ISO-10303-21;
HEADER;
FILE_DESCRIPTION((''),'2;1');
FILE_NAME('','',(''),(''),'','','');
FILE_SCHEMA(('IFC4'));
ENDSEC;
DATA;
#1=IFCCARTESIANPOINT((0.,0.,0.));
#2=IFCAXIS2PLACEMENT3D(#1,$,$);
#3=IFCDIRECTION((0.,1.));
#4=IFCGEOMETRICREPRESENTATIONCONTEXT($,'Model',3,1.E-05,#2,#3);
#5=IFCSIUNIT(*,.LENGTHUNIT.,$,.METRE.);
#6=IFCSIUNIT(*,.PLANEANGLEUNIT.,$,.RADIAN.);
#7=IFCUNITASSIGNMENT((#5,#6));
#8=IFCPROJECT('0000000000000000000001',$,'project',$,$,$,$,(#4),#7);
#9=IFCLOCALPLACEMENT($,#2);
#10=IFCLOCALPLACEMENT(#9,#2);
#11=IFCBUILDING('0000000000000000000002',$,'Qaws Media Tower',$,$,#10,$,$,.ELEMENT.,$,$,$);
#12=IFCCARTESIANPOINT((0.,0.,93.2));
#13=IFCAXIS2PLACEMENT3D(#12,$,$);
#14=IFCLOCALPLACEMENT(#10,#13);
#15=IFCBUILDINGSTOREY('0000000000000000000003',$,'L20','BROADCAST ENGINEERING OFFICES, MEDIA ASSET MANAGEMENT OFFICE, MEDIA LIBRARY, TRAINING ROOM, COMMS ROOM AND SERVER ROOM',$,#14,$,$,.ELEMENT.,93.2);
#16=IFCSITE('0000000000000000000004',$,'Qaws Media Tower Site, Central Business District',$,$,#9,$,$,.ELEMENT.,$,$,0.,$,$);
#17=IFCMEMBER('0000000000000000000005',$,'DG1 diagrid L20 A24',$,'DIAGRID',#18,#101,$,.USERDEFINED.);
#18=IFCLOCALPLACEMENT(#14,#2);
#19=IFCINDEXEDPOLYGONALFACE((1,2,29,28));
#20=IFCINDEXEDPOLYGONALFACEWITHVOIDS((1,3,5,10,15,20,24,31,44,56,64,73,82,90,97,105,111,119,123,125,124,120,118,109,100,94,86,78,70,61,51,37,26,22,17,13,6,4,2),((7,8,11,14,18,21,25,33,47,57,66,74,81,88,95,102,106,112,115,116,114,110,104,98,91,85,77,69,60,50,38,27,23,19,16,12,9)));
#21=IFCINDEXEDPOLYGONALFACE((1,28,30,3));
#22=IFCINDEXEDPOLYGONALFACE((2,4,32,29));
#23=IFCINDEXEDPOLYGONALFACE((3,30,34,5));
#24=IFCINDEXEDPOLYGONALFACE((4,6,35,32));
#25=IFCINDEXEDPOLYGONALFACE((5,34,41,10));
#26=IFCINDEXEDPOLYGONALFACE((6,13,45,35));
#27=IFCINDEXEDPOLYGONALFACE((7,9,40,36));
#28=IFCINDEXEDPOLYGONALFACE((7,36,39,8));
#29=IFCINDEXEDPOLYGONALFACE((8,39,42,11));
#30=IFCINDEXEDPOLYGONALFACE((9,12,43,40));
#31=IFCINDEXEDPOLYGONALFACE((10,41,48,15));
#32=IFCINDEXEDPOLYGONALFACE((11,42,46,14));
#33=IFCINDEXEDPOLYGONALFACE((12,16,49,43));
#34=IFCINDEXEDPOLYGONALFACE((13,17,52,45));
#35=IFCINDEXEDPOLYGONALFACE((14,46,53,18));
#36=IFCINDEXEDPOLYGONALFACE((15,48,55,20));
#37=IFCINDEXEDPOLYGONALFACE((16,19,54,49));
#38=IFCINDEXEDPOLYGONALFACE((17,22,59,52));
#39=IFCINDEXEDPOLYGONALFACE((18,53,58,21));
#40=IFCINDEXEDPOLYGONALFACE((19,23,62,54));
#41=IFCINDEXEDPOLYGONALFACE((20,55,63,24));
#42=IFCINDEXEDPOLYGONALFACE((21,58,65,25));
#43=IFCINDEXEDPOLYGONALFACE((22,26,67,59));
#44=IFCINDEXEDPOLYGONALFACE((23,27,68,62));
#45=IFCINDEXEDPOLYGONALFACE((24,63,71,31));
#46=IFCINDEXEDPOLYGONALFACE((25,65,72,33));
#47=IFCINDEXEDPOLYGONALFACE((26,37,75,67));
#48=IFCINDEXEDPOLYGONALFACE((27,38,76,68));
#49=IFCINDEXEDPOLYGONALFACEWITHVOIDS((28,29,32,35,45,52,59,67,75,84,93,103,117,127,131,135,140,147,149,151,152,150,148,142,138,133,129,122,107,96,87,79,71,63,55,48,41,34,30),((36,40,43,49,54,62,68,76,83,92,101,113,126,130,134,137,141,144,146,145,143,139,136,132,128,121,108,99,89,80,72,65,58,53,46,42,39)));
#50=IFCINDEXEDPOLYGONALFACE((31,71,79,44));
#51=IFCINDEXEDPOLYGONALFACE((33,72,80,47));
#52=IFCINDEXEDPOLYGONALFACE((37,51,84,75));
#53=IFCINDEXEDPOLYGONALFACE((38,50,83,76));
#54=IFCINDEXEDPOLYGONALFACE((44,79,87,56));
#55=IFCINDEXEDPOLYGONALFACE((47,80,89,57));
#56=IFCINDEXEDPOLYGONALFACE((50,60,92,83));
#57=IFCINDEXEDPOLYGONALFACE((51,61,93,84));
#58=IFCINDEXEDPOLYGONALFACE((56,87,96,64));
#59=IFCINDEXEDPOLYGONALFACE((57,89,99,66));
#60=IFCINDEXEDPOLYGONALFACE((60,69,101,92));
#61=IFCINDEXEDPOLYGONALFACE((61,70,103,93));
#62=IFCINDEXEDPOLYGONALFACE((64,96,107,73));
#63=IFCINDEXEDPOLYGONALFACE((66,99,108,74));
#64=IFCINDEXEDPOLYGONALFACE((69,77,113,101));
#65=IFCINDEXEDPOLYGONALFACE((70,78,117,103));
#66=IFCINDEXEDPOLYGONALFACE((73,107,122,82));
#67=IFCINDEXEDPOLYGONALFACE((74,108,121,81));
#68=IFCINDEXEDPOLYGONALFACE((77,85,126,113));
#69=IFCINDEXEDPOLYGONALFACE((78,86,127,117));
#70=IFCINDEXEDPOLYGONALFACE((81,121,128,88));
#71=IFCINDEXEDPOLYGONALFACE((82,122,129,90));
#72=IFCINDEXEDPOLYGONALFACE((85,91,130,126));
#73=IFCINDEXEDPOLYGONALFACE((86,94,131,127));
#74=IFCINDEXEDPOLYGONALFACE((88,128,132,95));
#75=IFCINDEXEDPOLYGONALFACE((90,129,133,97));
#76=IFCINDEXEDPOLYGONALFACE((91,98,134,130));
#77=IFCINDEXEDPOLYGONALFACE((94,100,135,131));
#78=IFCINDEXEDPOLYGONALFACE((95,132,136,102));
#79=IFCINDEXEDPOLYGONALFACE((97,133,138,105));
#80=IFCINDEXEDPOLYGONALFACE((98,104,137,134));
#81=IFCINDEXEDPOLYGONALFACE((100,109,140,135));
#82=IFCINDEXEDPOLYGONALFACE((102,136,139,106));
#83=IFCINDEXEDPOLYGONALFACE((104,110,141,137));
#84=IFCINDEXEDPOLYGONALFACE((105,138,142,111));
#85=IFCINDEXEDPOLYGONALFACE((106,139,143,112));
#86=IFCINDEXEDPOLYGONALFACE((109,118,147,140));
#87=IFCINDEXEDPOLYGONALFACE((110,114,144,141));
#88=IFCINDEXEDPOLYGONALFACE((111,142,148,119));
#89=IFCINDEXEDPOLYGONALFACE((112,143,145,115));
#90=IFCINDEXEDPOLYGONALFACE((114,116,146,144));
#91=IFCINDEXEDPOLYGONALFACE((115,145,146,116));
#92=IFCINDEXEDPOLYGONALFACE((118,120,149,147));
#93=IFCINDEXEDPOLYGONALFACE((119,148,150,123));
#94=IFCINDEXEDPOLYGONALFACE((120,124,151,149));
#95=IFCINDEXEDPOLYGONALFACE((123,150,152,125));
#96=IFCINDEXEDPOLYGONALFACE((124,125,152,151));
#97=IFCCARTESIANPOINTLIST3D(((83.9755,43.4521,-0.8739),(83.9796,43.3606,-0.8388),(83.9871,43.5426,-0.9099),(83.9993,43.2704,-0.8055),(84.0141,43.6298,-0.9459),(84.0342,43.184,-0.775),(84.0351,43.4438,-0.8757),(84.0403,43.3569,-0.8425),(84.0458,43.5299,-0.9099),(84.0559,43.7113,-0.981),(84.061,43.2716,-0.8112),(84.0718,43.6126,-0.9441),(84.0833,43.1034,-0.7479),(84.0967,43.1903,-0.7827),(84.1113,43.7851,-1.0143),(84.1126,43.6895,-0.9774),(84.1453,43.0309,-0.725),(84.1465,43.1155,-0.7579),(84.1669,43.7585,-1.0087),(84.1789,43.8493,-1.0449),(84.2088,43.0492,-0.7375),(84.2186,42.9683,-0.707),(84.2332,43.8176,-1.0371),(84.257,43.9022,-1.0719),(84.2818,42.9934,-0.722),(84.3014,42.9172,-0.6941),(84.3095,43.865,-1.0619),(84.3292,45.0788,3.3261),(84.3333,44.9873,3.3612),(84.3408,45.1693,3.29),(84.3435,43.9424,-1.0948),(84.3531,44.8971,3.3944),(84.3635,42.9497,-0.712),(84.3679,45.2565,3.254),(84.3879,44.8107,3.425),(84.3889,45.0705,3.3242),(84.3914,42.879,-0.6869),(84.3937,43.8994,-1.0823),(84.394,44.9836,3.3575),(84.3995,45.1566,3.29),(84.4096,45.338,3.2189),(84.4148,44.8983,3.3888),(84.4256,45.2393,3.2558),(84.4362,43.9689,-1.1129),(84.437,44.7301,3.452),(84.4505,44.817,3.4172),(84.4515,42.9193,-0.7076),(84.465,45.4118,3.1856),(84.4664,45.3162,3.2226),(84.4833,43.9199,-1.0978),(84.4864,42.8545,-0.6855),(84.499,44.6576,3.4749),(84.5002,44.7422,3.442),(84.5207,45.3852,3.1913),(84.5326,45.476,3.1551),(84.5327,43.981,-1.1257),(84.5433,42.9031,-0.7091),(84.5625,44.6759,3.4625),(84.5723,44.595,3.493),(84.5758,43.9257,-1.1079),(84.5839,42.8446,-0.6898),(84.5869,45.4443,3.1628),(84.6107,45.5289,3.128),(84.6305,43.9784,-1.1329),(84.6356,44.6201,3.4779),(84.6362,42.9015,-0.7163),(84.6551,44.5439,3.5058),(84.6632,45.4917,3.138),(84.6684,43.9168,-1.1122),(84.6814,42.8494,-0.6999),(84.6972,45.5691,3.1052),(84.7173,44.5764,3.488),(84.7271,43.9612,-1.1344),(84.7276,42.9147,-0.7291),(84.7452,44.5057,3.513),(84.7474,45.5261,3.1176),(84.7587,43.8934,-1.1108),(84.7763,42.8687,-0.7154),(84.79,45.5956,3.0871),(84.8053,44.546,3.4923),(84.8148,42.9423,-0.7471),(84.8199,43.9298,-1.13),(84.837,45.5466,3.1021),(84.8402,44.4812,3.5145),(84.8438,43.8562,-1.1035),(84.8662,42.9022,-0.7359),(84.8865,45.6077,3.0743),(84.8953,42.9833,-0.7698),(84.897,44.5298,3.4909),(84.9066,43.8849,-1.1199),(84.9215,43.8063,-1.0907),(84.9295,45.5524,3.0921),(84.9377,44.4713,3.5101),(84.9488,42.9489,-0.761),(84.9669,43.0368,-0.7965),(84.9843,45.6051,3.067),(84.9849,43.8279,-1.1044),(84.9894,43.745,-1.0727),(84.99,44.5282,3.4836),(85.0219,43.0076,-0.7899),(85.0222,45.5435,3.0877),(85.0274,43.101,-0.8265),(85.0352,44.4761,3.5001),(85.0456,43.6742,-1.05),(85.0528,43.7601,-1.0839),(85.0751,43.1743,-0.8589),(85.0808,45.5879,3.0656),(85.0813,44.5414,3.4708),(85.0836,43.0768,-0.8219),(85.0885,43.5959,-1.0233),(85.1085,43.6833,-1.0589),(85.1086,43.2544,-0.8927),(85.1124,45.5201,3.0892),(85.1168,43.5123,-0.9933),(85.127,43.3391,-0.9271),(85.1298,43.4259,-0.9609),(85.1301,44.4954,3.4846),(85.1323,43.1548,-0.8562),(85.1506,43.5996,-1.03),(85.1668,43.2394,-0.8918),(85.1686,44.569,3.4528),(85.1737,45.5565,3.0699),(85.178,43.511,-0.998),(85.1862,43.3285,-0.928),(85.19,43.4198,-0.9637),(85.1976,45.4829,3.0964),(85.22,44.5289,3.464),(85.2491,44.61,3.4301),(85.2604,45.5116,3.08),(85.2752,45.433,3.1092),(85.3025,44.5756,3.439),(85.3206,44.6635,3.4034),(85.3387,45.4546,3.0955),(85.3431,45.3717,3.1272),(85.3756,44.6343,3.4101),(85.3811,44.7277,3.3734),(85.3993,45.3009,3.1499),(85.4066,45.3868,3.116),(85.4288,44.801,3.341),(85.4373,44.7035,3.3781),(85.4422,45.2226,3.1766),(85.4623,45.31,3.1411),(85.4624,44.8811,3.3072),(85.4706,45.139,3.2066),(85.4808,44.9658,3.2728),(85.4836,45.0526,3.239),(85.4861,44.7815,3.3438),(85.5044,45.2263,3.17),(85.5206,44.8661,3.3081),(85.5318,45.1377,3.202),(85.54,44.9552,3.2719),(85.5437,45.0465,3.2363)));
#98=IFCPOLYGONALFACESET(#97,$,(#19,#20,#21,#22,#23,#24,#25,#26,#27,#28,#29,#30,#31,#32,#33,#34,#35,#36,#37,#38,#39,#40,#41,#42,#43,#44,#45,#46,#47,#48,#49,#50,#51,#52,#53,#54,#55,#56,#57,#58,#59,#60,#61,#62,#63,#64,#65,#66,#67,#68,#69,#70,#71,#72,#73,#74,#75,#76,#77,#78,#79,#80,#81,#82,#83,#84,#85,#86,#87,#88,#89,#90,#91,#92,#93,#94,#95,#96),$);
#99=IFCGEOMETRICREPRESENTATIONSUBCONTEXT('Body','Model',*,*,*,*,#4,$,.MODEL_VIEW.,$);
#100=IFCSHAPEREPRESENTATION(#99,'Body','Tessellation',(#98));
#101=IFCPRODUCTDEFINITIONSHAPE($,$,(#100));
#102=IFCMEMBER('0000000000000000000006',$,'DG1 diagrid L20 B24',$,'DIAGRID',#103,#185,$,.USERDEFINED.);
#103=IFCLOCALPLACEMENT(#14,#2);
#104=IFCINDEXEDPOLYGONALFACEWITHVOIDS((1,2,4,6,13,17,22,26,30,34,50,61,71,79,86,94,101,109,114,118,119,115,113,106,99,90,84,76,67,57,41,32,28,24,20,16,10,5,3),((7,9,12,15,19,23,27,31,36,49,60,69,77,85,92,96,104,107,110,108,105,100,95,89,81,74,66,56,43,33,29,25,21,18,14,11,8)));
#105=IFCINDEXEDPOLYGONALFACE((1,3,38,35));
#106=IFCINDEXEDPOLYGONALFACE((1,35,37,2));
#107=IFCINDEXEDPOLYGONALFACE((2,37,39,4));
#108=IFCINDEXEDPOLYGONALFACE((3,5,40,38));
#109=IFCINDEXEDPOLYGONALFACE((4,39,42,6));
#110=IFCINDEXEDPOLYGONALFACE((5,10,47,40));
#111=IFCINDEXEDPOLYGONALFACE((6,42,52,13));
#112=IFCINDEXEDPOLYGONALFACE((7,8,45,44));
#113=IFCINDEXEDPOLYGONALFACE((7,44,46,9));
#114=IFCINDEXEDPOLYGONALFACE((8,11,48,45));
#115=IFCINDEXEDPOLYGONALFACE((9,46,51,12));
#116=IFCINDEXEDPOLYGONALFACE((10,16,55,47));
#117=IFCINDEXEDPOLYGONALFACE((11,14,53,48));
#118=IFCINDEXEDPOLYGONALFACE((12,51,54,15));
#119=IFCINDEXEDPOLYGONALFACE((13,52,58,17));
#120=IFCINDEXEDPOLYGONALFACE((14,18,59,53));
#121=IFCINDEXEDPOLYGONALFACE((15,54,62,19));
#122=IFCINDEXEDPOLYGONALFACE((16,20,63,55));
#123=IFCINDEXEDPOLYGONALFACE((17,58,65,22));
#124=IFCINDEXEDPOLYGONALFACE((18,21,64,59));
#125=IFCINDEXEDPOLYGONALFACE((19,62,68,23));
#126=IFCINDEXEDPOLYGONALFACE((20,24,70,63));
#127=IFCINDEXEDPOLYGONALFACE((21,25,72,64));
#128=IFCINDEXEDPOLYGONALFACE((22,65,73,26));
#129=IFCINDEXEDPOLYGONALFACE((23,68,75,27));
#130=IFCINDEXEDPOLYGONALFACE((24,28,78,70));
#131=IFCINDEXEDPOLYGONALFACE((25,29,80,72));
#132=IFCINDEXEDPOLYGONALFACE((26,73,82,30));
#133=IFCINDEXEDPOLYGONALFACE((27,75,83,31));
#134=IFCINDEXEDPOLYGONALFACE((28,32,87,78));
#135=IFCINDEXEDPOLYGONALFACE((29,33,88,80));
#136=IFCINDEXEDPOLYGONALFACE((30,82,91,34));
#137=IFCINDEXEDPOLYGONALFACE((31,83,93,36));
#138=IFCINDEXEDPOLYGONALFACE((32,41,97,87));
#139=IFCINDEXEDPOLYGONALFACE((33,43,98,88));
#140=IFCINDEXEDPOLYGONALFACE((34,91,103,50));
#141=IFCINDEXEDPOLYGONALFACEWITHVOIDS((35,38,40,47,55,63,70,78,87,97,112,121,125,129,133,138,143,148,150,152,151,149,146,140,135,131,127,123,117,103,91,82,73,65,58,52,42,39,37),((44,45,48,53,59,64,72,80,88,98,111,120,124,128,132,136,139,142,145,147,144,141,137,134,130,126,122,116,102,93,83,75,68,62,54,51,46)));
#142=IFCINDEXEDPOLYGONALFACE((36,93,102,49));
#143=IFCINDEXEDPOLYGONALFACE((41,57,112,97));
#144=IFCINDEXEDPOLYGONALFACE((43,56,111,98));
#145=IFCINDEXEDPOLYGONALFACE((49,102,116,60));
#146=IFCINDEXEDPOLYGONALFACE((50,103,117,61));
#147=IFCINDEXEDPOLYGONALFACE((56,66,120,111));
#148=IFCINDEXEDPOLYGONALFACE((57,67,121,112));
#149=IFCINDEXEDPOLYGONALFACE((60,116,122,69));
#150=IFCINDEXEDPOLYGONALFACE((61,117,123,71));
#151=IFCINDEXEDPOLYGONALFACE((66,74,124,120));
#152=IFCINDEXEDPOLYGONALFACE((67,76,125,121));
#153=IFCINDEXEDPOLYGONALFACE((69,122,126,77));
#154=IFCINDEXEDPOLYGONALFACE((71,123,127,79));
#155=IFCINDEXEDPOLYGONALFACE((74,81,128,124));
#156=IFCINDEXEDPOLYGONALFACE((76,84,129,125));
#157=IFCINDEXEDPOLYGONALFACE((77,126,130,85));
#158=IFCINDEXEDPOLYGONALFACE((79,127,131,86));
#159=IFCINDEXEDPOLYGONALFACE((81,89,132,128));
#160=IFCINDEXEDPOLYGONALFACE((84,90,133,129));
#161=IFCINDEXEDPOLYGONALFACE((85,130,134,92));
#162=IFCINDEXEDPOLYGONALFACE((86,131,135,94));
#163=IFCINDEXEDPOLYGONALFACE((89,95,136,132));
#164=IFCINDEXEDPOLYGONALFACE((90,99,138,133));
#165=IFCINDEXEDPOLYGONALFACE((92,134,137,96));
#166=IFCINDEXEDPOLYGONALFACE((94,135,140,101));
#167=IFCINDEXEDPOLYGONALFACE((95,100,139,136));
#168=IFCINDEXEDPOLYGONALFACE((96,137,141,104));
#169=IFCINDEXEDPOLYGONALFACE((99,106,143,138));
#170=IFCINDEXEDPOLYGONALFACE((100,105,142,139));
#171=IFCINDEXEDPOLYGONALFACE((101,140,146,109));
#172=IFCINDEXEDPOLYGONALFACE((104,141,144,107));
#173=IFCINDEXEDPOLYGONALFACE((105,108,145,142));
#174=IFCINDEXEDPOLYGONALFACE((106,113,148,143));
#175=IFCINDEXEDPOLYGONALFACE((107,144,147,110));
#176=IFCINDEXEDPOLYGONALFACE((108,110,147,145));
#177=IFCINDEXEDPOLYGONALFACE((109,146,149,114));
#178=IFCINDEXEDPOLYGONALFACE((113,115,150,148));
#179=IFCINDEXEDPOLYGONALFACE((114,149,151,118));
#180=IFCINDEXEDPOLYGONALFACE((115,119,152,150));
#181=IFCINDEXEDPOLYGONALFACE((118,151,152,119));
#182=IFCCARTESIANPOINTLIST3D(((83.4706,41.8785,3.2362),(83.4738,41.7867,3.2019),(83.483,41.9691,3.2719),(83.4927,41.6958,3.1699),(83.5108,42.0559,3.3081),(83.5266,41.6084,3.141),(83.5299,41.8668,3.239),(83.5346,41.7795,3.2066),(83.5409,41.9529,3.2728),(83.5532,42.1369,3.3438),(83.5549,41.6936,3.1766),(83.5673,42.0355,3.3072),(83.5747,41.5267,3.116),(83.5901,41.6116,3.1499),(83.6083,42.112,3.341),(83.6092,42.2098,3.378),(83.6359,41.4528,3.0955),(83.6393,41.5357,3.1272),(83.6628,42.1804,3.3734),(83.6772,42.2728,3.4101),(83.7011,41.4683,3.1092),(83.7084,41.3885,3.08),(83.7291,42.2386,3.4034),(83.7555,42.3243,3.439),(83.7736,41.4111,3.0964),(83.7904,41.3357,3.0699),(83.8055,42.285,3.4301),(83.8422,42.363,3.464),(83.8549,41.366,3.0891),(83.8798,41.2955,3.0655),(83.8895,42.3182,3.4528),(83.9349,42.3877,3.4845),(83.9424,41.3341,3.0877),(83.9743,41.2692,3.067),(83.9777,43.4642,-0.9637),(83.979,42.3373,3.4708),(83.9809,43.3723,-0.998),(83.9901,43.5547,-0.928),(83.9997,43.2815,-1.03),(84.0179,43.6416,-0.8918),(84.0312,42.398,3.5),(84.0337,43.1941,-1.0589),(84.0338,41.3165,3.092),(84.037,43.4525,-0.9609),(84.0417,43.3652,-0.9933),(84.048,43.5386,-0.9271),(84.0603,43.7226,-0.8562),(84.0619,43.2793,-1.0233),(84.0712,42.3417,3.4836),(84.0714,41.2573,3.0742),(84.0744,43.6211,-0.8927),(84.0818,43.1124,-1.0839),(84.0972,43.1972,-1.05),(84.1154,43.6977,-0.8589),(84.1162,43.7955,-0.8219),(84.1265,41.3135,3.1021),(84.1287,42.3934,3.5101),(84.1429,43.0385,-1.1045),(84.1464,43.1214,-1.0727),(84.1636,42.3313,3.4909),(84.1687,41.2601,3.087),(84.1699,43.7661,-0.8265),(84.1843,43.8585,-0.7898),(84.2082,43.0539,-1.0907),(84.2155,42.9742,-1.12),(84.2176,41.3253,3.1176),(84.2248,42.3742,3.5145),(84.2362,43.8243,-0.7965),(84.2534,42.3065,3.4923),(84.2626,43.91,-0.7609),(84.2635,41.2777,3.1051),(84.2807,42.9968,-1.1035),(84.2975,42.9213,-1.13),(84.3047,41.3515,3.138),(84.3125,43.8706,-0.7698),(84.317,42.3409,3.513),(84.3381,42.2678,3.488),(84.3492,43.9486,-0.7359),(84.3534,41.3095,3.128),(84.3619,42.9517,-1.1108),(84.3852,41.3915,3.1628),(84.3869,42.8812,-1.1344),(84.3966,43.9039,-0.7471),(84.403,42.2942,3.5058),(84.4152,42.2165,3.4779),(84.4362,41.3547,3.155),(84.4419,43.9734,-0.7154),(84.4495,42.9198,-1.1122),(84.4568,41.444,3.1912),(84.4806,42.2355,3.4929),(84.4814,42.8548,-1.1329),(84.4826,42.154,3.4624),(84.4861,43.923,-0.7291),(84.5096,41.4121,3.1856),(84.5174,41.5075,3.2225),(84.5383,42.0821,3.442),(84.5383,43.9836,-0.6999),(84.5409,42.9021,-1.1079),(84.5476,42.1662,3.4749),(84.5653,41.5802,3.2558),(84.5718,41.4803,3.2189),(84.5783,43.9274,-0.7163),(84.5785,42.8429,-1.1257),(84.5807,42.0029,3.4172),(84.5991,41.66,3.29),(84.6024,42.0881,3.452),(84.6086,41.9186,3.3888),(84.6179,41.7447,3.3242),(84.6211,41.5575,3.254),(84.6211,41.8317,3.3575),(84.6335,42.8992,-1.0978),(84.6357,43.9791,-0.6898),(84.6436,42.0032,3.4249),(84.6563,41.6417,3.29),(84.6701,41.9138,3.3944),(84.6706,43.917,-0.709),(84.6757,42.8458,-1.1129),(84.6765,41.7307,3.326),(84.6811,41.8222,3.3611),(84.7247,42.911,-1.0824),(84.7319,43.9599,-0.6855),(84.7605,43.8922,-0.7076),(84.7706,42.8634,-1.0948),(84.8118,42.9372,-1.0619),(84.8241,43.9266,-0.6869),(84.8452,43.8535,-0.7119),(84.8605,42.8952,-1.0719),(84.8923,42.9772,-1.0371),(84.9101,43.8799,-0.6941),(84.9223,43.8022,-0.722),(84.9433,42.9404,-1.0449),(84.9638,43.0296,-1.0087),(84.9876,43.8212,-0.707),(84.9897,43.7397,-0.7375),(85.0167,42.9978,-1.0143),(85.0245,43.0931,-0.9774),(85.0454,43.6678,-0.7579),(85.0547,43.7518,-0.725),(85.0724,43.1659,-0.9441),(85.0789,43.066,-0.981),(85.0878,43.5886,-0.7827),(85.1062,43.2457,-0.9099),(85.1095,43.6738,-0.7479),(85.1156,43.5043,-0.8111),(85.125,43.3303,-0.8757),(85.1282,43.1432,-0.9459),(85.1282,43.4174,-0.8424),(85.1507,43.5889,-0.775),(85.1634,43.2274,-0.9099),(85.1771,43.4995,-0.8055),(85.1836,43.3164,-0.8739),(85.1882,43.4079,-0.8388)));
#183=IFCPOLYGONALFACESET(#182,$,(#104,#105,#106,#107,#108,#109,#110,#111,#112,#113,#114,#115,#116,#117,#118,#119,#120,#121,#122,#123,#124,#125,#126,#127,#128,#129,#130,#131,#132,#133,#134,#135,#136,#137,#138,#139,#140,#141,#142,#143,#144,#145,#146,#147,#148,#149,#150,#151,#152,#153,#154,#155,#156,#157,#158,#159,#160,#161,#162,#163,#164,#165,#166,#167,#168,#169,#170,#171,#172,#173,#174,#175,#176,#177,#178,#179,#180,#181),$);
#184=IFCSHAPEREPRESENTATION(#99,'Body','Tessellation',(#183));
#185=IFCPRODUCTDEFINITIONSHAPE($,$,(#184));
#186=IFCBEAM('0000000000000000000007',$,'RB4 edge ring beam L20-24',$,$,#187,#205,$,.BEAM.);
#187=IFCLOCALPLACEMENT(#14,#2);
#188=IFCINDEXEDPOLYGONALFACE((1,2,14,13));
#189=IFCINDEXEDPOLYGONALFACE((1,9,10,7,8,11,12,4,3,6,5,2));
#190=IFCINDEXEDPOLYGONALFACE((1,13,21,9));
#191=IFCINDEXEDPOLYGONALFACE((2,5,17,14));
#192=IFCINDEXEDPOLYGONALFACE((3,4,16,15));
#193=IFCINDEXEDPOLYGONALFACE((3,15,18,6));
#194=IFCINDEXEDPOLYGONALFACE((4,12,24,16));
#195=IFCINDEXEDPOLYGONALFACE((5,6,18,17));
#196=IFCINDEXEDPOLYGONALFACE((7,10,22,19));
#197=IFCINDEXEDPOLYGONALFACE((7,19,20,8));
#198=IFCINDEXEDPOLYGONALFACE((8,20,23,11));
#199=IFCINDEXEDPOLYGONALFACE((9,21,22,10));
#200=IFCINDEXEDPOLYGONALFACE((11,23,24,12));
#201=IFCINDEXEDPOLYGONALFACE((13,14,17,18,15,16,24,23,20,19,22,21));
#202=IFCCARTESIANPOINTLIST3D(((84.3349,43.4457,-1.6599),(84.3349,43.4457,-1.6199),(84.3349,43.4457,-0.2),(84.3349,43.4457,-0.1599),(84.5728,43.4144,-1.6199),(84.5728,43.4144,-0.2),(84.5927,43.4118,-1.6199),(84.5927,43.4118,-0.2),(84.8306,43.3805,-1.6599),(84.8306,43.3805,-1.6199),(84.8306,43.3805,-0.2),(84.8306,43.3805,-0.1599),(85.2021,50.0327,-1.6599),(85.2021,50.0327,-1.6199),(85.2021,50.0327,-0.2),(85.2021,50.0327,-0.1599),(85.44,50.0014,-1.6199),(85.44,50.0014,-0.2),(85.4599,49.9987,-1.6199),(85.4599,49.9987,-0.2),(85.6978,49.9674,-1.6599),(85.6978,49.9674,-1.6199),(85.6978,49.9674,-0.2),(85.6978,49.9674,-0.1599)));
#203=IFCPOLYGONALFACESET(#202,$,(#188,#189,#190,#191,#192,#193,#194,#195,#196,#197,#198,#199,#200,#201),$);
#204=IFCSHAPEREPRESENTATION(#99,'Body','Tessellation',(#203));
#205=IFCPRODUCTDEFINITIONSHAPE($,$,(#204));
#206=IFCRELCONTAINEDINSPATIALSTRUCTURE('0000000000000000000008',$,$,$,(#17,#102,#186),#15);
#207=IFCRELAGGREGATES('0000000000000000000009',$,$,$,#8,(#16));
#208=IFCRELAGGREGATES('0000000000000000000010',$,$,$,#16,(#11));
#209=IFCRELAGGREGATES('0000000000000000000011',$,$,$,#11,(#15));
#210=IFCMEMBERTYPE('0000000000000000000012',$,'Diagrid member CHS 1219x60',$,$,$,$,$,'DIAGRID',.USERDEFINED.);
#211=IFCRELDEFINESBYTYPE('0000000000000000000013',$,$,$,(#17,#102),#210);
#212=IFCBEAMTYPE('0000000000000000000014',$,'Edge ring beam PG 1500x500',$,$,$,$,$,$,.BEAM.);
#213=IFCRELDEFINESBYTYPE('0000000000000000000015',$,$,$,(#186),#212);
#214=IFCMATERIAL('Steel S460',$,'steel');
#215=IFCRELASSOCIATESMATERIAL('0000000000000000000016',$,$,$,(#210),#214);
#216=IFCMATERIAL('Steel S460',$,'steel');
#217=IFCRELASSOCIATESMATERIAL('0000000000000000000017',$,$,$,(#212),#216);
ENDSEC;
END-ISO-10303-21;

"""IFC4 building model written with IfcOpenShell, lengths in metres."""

from ifc_helpers import new_model, si_unit, direction, frame, origin, origin_2d, place, context, subcontext, project, spatial, hollow_circle, i_section, extrude, material, material_profile, profile_set, type_object, element, save


model = new_model("IFC4")

# Units and contexts
model_context = context("Model", 3, precision=1e-05, world=origin(), true_north=direction((0.0, 1.0)))
body_context = subcontext(model_context, "Body", "Model", "MODEL_VIEW")
ifc_project = project(units=[si_unit("LENGTHUNIT", "METRE"), si_unit("PLANEANGLEUNIT", "RADIAN")], contexts=[model_context])

# Site, building, storey
site_placement = place(None, origin())
site = spatial("IfcSite", under=ifc_project, at=site_placement, Name="Qaws Media Tower Site, Central Business District", CompositionType="ELEMENT", RefElevation=0.0)
building_placement = place(site_placement, origin())
building = spatial("IfcBuilding", under=site, at=building_placement, Name="Qaws Media Tower", CompositionType="ELEMENT")
storey_placement = place(building_placement, frame((0.0, 0.0, 93.2)))
storey = spatial("IfcBuildingStorey", under=building, at=storey_placement, Name="L20", Description="BROADCAST ENGINEERING OFFICES, MEDIA ASSET MANAGEMENT OFFICE, MEDIA LIBRARY, TRAINING ROOM, COMMS ROOM AND SERVER ROOM", CompositionType="ELEMENT", Elevation=93.2)

# Members
ifc_material_1 = material(Name="Steel S460", Category="steel")
ifc_material_profile_1 = material_profile(ifc_material_1, hollow_circle(Radius=0.6096, WallThickness=0.0601, at=origin_2d()), Name="CHS 1219x60")
ifc_profile_set_1 = profile_set([ifc_material_profile_1], Name="Steel S460")
member_type_1 = type_object("IfcMemberType", Name="Diagrid member CHS 1219x60", ElementType="DIAGRID", PredefinedType="USERDEFINED", material=ifc_profile_set_1)
for number, where, z_axis, x_axis, name in (
    (1, (84.5828, 43.4131, -0.9099), (0.078303, 0.360063, 0.929636), (-0.97716, 0.212503, 0.0), "DG1 diagrid L20 A24"),
    (2, (84.5828, 43.4131, -0.9099), (-0.112239, -0.350983, 0.929631), (0.952484, -0.304589, 0.0), "DG1 diagrid L20 B24"),
):
    element("IfcMember", number, at=place(storey_placement, frame(where, z_axis=z_axis, x_axis=x_axis)), inside=storey, type_object=member_type_1, Name=name, ObjectType="DIAGRID", PredefinedType="USERDEFINED", context=body_context, shape_type="SweptSolid", body=[
        extrude(hollow_circle(Radius=0.6096, WallThickness=0.0601, at=origin_2d()), origin(), (0.0, 0.0, 1.0), 4.5178),
    ])

# Beam
ifc_material_2 = material(Name="Steel S460", Category="steel")
ifc_material_profile_2 = material_profile(ifc_material_2, i_section(OverallWidth=0.5, OverallDepth=1.5, WebThickness=0.02, FlangeThickness=0.04, at=origin_2d()), Name="PG 1500x500")
ifc_profile_set_2 = profile_set([ifc_material_profile_2], Name="Steel S460")
beam_type_1 = type_object("IfcBeamType", Name="Edge ring beam PG 1500x500", PredefinedType="BEAM", material=ifc_profile_set_2)
beam_1_placement = place(storey_placement, frame((84.5828, 43.4131, -0.9099), z_axis=(0.130527, 0.991445, 0.0), x_axis=(-0.991445, 0.130527, 0.0)))
element("IfcBeam", 3, at=beam_1_placement, inside=storey, type_object=beam_type_1, Name="RB4 edge ring beam L20-24", PredefinedType="BEAM", context=body_context, shape_type="SweptSolid", body=[
    extrude(i_section(OverallWidth=0.5, OverallDepth=1.5, WebThickness=0.02, FlangeThickness=0.04, at=origin_2d()), origin(), (0.0, 0.0, 1.0), 6.6438),
])

save(model, "model.ifc")
